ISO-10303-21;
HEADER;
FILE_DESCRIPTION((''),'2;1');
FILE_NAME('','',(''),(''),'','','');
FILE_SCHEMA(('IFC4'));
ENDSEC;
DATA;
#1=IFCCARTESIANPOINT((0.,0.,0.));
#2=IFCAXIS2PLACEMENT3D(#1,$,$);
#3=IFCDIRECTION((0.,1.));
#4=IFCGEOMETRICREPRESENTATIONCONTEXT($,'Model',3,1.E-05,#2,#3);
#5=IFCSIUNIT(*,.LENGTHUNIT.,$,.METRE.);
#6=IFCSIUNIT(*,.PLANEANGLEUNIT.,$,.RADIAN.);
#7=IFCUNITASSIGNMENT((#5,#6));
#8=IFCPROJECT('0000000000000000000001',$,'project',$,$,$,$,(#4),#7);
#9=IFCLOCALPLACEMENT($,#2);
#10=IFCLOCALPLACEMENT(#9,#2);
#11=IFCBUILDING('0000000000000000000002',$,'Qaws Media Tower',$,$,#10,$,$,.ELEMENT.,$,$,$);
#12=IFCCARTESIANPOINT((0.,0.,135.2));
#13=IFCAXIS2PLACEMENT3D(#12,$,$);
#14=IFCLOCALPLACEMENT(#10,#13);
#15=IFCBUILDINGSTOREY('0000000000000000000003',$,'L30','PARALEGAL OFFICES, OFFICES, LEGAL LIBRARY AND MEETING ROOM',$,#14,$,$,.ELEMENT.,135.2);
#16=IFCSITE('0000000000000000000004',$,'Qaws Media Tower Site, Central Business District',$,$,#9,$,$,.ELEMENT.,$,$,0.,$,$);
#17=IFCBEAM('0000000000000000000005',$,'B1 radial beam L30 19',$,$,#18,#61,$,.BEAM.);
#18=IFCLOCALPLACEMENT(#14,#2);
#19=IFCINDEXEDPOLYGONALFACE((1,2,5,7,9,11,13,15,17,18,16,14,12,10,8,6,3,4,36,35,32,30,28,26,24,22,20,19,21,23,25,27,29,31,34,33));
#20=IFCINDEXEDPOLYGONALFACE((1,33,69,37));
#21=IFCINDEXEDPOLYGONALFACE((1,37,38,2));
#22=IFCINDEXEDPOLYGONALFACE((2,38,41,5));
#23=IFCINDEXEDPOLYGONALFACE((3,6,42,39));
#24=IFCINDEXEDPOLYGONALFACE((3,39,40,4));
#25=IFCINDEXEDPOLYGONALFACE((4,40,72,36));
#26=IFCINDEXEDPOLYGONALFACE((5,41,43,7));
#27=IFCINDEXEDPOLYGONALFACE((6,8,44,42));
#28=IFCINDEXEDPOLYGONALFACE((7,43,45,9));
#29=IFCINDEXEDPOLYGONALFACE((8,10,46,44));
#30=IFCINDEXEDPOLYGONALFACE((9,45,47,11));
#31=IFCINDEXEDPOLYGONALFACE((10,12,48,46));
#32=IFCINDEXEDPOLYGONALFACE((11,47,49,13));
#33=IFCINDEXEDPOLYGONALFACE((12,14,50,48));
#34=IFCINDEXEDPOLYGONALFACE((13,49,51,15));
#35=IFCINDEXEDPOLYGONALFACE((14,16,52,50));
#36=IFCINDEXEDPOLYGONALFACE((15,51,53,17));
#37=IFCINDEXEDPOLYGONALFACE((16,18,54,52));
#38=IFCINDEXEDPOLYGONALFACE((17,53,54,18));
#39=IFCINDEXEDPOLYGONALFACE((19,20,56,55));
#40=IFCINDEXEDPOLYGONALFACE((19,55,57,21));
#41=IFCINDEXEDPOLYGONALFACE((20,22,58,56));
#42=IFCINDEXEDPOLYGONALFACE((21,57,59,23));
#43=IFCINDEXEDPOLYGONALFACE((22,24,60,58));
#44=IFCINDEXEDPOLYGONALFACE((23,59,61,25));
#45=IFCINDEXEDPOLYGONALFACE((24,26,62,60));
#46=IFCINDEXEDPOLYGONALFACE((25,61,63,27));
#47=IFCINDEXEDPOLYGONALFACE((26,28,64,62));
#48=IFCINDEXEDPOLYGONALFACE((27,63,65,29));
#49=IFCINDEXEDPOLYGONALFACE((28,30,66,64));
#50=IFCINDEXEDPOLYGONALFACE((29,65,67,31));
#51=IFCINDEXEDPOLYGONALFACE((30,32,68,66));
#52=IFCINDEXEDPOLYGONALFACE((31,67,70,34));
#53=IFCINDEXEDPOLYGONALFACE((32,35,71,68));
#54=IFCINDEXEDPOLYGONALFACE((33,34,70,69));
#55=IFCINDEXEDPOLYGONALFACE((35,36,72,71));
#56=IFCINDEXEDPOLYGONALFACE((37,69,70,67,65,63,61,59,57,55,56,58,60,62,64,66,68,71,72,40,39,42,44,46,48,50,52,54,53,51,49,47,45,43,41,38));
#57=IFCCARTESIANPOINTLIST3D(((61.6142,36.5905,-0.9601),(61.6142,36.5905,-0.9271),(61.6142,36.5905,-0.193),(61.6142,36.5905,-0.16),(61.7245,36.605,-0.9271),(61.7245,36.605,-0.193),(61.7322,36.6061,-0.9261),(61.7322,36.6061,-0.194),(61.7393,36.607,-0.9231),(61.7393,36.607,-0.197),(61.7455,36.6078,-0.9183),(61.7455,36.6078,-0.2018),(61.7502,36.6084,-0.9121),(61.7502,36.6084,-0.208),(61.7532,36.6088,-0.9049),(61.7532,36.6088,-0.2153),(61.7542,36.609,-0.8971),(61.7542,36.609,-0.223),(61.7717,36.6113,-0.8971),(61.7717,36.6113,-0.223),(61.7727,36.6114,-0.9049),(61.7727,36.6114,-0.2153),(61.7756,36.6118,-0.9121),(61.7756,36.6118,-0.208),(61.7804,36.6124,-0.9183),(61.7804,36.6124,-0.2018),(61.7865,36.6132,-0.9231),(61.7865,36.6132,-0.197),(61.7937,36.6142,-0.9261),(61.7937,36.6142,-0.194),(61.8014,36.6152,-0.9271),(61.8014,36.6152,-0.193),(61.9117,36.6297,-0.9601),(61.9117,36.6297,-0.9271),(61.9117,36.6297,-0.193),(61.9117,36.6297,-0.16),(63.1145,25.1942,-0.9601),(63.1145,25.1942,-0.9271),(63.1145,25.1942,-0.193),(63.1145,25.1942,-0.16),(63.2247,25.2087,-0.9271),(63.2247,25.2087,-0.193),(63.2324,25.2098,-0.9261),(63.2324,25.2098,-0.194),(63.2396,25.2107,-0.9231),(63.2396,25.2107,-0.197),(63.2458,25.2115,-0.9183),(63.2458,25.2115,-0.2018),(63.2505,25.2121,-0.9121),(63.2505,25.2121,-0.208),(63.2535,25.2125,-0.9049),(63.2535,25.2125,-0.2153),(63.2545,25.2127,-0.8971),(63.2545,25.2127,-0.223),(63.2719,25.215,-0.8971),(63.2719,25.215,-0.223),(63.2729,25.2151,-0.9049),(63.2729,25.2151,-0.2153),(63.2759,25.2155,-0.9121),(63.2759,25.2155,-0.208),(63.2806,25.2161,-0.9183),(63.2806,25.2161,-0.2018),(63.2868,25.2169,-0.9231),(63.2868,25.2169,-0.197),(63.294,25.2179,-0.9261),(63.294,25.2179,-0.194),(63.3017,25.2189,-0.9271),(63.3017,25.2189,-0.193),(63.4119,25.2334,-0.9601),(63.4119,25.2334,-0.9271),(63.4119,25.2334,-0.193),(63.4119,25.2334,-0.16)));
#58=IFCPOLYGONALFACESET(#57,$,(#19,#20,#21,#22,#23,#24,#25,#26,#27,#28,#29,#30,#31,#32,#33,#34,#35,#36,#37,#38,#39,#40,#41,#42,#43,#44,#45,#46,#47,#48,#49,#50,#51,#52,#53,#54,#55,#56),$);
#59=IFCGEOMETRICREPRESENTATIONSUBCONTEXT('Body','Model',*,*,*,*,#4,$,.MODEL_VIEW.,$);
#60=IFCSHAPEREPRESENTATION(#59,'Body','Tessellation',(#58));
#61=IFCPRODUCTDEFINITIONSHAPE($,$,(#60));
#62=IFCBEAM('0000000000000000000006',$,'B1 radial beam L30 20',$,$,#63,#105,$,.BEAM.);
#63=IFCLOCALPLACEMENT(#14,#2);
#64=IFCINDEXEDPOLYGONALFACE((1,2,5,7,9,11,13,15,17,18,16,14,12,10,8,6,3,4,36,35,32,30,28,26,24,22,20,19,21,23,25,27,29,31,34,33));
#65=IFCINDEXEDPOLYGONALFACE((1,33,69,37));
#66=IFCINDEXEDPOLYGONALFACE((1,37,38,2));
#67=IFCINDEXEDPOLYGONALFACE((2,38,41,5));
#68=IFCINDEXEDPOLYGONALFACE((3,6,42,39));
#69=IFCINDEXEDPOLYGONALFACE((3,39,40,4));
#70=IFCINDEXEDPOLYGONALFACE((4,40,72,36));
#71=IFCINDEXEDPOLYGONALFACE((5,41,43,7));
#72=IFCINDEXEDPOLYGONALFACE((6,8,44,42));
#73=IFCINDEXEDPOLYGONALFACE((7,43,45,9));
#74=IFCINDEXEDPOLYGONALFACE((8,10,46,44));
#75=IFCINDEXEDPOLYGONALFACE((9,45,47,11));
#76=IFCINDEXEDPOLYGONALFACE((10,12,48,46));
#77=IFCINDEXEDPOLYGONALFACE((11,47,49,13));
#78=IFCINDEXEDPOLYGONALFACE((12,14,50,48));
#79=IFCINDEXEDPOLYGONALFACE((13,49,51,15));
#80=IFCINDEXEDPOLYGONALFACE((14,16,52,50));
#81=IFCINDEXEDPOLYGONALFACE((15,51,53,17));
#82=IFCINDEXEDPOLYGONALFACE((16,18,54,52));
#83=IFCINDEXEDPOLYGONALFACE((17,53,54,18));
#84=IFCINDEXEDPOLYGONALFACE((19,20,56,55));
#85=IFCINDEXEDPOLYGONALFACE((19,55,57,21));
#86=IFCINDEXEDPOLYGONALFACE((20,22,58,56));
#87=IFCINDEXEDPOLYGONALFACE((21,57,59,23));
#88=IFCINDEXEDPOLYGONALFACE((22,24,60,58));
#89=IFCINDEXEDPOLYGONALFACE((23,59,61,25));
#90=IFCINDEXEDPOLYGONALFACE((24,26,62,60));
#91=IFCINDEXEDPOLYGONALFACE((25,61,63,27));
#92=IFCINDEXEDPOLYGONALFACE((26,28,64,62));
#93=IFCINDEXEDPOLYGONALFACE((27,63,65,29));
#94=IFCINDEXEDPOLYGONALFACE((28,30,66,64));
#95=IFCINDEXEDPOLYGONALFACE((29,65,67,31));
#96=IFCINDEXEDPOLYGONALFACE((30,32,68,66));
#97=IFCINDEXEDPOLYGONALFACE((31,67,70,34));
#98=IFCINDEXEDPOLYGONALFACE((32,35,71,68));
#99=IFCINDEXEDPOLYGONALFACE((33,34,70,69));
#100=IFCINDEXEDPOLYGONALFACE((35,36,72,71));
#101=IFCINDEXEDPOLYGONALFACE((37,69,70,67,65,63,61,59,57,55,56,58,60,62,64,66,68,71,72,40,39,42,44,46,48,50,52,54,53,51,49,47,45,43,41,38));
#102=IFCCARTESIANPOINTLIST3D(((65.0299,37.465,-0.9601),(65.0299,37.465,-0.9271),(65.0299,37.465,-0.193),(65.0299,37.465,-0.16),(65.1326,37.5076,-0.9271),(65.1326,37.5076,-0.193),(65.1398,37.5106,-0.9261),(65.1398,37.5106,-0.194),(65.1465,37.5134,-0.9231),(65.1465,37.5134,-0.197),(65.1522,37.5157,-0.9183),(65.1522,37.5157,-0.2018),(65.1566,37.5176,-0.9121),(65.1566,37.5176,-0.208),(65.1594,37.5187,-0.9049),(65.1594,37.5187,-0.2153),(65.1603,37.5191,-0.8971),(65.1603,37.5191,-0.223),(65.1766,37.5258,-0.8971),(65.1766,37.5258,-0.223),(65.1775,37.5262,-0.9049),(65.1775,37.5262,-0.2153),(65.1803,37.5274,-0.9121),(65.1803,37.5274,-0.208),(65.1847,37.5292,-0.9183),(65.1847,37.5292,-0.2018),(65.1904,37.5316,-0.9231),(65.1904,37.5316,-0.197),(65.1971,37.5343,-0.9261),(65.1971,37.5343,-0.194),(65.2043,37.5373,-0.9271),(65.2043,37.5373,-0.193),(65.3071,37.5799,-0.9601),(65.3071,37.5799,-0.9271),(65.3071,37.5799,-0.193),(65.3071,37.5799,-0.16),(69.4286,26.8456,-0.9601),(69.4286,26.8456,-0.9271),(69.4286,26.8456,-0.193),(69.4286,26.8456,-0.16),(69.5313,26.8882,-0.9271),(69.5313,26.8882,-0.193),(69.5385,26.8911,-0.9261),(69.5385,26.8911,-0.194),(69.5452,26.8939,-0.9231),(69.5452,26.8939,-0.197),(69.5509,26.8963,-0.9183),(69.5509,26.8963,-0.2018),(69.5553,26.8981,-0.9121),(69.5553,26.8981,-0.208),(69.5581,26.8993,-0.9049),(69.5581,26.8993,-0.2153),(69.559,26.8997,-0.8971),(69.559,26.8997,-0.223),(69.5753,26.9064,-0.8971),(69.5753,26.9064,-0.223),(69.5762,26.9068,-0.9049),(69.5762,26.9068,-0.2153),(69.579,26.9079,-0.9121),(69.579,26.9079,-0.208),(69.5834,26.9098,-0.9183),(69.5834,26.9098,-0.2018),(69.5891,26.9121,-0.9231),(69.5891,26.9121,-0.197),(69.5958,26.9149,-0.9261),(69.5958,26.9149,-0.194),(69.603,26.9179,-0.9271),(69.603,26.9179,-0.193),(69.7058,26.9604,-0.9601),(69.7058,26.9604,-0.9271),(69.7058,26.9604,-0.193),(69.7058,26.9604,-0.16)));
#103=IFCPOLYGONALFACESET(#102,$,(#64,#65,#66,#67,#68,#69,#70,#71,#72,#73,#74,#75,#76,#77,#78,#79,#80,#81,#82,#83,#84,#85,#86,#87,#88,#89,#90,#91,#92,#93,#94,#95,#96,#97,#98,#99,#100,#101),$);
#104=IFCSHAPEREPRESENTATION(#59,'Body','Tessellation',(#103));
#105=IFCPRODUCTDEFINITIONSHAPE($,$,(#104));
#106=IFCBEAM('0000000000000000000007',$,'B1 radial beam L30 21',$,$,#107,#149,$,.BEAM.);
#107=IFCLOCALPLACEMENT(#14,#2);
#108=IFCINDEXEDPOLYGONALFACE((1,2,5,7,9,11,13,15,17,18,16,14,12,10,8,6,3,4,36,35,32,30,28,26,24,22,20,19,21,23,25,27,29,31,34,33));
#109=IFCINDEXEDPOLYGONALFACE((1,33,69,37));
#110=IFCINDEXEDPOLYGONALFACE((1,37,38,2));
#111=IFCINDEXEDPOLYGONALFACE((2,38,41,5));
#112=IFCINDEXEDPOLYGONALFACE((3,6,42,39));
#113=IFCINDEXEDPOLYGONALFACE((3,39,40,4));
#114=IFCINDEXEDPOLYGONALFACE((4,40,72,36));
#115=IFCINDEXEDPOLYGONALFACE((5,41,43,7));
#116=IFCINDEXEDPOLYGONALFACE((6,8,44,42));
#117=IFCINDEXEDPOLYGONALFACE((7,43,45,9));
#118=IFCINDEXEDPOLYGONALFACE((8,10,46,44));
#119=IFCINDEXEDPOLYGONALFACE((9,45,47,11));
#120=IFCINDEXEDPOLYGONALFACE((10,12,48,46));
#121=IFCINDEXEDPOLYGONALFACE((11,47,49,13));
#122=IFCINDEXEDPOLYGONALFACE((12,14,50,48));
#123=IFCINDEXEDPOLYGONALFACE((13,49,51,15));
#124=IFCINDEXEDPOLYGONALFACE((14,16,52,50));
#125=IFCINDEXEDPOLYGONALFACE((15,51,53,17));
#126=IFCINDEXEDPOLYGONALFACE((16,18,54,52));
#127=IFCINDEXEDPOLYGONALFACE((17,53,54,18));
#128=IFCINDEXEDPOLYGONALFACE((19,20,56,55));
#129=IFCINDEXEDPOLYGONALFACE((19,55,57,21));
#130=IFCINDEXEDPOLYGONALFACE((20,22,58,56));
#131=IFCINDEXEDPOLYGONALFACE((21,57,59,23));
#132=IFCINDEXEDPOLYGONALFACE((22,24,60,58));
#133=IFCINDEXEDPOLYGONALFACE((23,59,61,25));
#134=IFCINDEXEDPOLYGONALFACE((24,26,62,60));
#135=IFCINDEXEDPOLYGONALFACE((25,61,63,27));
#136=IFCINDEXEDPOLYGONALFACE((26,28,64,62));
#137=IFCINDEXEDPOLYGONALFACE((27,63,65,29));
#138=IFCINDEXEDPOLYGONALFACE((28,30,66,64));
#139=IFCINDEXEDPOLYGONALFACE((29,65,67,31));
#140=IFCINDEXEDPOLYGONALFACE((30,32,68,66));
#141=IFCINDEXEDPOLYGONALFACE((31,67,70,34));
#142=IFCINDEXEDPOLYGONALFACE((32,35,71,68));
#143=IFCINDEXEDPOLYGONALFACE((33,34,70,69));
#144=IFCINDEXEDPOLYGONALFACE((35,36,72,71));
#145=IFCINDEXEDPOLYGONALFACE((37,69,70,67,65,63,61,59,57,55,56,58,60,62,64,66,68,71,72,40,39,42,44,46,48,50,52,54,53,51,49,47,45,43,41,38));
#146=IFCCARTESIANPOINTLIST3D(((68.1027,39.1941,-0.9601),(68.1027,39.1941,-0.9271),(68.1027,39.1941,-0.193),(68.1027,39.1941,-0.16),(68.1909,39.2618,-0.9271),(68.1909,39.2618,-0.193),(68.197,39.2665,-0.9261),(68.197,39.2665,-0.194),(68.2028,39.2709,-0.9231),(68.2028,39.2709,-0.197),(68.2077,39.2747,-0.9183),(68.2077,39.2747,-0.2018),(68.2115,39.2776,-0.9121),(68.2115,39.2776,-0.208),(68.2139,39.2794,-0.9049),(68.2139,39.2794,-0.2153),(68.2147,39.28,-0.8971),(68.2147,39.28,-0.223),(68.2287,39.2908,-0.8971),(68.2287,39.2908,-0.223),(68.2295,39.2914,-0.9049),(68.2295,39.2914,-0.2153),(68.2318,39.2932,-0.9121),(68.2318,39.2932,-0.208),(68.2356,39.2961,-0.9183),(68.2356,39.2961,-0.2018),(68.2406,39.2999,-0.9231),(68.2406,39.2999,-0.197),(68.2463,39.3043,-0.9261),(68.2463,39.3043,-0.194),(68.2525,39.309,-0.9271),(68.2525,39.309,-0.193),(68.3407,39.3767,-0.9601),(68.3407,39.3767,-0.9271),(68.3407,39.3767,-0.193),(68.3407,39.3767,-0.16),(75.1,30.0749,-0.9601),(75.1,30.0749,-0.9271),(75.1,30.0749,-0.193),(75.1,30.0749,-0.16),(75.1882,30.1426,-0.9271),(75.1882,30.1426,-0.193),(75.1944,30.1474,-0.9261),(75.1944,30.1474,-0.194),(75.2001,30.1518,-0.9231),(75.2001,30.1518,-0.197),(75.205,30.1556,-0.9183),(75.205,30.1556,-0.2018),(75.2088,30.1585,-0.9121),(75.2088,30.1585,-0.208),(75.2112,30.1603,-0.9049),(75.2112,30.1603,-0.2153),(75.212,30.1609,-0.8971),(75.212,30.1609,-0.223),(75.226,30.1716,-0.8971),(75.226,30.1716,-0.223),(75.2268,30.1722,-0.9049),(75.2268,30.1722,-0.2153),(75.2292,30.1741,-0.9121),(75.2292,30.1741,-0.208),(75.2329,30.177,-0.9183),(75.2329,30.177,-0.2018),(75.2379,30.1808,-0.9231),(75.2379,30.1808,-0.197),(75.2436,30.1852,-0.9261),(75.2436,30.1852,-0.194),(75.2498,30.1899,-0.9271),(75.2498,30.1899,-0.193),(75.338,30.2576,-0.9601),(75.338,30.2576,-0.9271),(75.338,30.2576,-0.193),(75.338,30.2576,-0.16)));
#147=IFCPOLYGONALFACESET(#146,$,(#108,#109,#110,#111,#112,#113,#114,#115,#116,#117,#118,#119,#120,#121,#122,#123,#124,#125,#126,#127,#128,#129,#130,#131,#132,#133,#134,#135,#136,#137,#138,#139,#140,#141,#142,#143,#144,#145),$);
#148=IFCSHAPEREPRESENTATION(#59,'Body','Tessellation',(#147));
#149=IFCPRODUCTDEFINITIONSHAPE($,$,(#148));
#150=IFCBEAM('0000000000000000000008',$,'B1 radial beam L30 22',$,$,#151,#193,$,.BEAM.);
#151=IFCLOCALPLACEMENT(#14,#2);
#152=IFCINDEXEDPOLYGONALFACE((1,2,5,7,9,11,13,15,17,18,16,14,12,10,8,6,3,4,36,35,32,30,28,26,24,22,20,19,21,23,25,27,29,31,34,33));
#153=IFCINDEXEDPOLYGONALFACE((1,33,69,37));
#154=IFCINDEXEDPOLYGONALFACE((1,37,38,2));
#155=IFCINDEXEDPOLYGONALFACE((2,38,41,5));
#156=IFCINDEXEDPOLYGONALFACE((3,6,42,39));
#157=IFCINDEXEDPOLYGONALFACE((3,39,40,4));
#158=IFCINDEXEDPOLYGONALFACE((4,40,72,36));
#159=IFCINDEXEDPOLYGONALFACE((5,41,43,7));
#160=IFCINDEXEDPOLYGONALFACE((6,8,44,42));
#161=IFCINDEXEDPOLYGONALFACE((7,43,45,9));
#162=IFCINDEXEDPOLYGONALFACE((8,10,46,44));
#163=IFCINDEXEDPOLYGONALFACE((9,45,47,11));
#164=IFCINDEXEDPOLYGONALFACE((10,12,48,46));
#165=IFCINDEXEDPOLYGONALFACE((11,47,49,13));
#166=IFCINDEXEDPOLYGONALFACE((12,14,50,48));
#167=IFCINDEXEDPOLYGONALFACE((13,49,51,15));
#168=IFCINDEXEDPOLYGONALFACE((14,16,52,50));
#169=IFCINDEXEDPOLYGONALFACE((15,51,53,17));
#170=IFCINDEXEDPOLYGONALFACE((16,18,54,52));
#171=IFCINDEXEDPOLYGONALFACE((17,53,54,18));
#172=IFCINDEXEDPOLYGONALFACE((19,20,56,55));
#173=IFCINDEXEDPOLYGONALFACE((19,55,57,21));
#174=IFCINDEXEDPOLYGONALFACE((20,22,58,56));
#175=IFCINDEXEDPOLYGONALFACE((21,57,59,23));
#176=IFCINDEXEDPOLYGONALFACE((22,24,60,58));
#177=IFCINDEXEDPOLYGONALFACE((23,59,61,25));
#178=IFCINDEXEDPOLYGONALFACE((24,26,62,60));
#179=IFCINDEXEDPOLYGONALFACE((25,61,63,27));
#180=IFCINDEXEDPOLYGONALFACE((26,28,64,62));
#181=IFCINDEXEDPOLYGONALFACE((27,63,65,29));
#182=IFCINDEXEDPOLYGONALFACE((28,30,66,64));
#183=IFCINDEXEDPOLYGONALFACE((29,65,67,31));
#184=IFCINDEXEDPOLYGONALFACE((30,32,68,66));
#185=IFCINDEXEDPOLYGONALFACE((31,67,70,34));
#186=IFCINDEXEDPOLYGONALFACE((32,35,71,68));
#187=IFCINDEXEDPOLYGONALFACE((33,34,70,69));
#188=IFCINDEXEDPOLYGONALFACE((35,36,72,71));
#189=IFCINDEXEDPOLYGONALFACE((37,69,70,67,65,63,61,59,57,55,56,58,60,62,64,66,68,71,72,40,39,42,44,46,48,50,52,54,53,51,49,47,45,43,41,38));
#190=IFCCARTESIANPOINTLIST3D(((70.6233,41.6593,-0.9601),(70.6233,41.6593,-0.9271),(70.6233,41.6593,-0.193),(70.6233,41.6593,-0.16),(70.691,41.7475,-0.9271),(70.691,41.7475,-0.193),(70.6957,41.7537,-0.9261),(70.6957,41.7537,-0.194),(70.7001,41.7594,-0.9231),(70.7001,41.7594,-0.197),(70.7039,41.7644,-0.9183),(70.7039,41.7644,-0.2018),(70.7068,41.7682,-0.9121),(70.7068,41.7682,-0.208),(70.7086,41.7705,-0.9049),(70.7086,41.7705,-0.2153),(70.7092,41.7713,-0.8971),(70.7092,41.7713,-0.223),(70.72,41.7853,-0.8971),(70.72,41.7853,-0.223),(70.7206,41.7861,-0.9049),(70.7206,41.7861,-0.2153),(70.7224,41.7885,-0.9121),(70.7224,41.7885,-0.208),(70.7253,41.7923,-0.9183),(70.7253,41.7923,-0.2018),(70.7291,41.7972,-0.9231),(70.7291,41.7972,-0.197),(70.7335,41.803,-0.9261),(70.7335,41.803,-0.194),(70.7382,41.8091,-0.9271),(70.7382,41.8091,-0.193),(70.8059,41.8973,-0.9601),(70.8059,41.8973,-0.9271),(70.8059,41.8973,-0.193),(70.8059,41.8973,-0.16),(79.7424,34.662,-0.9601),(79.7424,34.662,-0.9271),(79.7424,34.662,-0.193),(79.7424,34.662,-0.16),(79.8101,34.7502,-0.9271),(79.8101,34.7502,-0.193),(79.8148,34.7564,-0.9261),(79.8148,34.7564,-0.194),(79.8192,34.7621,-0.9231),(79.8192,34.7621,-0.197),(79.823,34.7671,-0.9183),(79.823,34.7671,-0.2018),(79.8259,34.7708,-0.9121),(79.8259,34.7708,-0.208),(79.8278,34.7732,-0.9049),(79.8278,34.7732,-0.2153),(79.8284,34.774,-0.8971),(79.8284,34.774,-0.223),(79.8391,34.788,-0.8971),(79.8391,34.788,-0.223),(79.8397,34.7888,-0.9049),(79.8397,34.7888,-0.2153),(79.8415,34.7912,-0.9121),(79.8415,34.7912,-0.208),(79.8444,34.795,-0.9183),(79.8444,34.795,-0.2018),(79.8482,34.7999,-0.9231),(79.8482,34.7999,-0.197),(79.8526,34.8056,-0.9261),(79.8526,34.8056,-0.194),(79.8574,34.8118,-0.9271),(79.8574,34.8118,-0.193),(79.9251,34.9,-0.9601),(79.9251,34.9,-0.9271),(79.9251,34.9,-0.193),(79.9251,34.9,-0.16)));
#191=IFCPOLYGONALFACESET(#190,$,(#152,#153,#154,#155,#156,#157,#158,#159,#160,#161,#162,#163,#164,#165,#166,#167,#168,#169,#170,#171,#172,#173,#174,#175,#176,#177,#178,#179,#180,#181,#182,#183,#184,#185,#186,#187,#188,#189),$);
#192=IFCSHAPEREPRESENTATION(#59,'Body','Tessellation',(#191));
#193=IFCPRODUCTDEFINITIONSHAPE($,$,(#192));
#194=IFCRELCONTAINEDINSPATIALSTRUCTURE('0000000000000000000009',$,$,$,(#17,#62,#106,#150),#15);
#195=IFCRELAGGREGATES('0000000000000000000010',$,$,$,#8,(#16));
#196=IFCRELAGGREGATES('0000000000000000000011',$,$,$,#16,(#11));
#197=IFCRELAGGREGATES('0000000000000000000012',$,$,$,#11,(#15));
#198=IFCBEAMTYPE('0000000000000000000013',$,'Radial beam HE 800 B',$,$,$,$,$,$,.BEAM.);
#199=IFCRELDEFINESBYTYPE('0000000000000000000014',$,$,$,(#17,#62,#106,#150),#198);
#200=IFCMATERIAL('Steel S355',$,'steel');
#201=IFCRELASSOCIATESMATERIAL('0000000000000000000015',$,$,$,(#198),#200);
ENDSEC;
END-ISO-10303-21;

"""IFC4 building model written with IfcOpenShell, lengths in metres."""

from ifc_helpers import new_model, si_unit, direction, frame, origin, origin_2d, place, context, subcontext, project, spatial, i_section, extrude, material, material_profile, profile_set, type_object, element, save


model = new_model("IFC4")

# Units and contexts
model_context = context("Model", 3, precision=1e-05, world=origin(), true_north=direction((0.0, 1.0)))
body_context = subcontext(model_context, "Body", "Model", "MODEL_VIEW")
ifc_project = project(units=[si_unit("LENGTHUNIT", "METRE"), si_unit("PLANEANGLEUNIT", "RADIAN")], contexts=[model_context])

# Site, building, storey
site_placement = place(None, origin())
site = spatial("IfcSite", under=ifc_project, at=site_placement, Name="Qaws Media Tower Site, Central Business District", CompositionType="ELEMENT", RefElevation=0.0)
building_placement = place(site_placement, origin())
building = spatial("IfcBuilding", under=site, at=building_placement, Name="Qaws Media Tower", CompositionType="ELEMENT")
storey_placement = place(building_placement, frame((0.0, 0.0, 135.2)))
storey = spatial("IfcBuildingStorey", under=building, at=storey_placement, Name="L30", Description="PARALEGAL OFFICES, OFFICES, LEGAL LIBRARY AND MEETING ROOM", CompositionType="ELEMENT", Elevation=135.2)

# Beams
ifc_material_1 = material(Name="Steel S355", Category="steel")
ifc_material_profile_1 = material_profile(ifc_material_1, i_section(OverallWidth=0.3, OverallDepth=0.8, WebThickness=0.0176, FlangeThickness=0.033, FilletRadius=0.03, at=origin_2d()), Name="HE 800 B")
ifc_profile_set_1 = profile_set([ifc_material_profile_1], Name="Steel S355")
beam_type_1 = type_object("IfcBeamType", Name="Radial beam HE 800 B", PredefinedType="BEAM", material=ifc_profile_set_1)
for number, where, z_axis, x_axis, name in (
    (1, (61.7629, 36.6101, -0.5601), (0.130518, -0.991446, 0.0), (0.991446, 0.130518, 0.0), "B1 radial beam L30 19"),
):
    element("IfcBeam", number, at=place(storey_placement, frame(where, z_axis=z_axis, x_axis=x_axis)), inside=storey, type_object=beam_type_1, Name=name, PredefinedType="BEAM", context=body_context, shape_type="SweptSolid", body=[
        extrude(i_section(OverallWidth=0.3, OverallDepth=0.8, WebThickness=0.0176, FlangeThickness=0.033, FilletRadius=0.03, at=origin_2d()), origin(), (0.0, 0.0, 1.0), 11.4946),
    ])
for number, where, z_axis, x_axis, name in (
    (2, (65.1685, 37.5225, -0.5601), (0.382683, -0.92388, 0.0), (0.92388, 0.382683, 0.0), "B1 radial beam L30 20"),
    (3, (68.2217, 39.2854, -0.5601), (0.608759, -0.793355, 0.0), (0.793355, 0.608759, 0.0), "B1 radial beam L30 21"),
    (4, (70.7146, 41.7783, -0.5601), (0.793355, -0.608759, 0.0), (0.608759, 0.793355, 0.0), "B1 radial beam L30 22"),
):
    element("IfcBeam", number, at=place(storey_placement, frame(where, z_axis=z_axis, x_axis=x_axis)), inside=storey, type_object=beam_type_1, Name=name, PredefinedType="BEAM", context=body_context, shape_type="SweptSolid", body=[
        extrude(i_section(OverallWidth=0.3, OverallDepth=0.8, WebThickness=0.0176, FlangeThickness=0.033, FilletRadius=0.03, at=origin_2d()), origin(), (0.0, 0.0, 1.0), 11.4944),
    ])

save(model, "model.ifc")
